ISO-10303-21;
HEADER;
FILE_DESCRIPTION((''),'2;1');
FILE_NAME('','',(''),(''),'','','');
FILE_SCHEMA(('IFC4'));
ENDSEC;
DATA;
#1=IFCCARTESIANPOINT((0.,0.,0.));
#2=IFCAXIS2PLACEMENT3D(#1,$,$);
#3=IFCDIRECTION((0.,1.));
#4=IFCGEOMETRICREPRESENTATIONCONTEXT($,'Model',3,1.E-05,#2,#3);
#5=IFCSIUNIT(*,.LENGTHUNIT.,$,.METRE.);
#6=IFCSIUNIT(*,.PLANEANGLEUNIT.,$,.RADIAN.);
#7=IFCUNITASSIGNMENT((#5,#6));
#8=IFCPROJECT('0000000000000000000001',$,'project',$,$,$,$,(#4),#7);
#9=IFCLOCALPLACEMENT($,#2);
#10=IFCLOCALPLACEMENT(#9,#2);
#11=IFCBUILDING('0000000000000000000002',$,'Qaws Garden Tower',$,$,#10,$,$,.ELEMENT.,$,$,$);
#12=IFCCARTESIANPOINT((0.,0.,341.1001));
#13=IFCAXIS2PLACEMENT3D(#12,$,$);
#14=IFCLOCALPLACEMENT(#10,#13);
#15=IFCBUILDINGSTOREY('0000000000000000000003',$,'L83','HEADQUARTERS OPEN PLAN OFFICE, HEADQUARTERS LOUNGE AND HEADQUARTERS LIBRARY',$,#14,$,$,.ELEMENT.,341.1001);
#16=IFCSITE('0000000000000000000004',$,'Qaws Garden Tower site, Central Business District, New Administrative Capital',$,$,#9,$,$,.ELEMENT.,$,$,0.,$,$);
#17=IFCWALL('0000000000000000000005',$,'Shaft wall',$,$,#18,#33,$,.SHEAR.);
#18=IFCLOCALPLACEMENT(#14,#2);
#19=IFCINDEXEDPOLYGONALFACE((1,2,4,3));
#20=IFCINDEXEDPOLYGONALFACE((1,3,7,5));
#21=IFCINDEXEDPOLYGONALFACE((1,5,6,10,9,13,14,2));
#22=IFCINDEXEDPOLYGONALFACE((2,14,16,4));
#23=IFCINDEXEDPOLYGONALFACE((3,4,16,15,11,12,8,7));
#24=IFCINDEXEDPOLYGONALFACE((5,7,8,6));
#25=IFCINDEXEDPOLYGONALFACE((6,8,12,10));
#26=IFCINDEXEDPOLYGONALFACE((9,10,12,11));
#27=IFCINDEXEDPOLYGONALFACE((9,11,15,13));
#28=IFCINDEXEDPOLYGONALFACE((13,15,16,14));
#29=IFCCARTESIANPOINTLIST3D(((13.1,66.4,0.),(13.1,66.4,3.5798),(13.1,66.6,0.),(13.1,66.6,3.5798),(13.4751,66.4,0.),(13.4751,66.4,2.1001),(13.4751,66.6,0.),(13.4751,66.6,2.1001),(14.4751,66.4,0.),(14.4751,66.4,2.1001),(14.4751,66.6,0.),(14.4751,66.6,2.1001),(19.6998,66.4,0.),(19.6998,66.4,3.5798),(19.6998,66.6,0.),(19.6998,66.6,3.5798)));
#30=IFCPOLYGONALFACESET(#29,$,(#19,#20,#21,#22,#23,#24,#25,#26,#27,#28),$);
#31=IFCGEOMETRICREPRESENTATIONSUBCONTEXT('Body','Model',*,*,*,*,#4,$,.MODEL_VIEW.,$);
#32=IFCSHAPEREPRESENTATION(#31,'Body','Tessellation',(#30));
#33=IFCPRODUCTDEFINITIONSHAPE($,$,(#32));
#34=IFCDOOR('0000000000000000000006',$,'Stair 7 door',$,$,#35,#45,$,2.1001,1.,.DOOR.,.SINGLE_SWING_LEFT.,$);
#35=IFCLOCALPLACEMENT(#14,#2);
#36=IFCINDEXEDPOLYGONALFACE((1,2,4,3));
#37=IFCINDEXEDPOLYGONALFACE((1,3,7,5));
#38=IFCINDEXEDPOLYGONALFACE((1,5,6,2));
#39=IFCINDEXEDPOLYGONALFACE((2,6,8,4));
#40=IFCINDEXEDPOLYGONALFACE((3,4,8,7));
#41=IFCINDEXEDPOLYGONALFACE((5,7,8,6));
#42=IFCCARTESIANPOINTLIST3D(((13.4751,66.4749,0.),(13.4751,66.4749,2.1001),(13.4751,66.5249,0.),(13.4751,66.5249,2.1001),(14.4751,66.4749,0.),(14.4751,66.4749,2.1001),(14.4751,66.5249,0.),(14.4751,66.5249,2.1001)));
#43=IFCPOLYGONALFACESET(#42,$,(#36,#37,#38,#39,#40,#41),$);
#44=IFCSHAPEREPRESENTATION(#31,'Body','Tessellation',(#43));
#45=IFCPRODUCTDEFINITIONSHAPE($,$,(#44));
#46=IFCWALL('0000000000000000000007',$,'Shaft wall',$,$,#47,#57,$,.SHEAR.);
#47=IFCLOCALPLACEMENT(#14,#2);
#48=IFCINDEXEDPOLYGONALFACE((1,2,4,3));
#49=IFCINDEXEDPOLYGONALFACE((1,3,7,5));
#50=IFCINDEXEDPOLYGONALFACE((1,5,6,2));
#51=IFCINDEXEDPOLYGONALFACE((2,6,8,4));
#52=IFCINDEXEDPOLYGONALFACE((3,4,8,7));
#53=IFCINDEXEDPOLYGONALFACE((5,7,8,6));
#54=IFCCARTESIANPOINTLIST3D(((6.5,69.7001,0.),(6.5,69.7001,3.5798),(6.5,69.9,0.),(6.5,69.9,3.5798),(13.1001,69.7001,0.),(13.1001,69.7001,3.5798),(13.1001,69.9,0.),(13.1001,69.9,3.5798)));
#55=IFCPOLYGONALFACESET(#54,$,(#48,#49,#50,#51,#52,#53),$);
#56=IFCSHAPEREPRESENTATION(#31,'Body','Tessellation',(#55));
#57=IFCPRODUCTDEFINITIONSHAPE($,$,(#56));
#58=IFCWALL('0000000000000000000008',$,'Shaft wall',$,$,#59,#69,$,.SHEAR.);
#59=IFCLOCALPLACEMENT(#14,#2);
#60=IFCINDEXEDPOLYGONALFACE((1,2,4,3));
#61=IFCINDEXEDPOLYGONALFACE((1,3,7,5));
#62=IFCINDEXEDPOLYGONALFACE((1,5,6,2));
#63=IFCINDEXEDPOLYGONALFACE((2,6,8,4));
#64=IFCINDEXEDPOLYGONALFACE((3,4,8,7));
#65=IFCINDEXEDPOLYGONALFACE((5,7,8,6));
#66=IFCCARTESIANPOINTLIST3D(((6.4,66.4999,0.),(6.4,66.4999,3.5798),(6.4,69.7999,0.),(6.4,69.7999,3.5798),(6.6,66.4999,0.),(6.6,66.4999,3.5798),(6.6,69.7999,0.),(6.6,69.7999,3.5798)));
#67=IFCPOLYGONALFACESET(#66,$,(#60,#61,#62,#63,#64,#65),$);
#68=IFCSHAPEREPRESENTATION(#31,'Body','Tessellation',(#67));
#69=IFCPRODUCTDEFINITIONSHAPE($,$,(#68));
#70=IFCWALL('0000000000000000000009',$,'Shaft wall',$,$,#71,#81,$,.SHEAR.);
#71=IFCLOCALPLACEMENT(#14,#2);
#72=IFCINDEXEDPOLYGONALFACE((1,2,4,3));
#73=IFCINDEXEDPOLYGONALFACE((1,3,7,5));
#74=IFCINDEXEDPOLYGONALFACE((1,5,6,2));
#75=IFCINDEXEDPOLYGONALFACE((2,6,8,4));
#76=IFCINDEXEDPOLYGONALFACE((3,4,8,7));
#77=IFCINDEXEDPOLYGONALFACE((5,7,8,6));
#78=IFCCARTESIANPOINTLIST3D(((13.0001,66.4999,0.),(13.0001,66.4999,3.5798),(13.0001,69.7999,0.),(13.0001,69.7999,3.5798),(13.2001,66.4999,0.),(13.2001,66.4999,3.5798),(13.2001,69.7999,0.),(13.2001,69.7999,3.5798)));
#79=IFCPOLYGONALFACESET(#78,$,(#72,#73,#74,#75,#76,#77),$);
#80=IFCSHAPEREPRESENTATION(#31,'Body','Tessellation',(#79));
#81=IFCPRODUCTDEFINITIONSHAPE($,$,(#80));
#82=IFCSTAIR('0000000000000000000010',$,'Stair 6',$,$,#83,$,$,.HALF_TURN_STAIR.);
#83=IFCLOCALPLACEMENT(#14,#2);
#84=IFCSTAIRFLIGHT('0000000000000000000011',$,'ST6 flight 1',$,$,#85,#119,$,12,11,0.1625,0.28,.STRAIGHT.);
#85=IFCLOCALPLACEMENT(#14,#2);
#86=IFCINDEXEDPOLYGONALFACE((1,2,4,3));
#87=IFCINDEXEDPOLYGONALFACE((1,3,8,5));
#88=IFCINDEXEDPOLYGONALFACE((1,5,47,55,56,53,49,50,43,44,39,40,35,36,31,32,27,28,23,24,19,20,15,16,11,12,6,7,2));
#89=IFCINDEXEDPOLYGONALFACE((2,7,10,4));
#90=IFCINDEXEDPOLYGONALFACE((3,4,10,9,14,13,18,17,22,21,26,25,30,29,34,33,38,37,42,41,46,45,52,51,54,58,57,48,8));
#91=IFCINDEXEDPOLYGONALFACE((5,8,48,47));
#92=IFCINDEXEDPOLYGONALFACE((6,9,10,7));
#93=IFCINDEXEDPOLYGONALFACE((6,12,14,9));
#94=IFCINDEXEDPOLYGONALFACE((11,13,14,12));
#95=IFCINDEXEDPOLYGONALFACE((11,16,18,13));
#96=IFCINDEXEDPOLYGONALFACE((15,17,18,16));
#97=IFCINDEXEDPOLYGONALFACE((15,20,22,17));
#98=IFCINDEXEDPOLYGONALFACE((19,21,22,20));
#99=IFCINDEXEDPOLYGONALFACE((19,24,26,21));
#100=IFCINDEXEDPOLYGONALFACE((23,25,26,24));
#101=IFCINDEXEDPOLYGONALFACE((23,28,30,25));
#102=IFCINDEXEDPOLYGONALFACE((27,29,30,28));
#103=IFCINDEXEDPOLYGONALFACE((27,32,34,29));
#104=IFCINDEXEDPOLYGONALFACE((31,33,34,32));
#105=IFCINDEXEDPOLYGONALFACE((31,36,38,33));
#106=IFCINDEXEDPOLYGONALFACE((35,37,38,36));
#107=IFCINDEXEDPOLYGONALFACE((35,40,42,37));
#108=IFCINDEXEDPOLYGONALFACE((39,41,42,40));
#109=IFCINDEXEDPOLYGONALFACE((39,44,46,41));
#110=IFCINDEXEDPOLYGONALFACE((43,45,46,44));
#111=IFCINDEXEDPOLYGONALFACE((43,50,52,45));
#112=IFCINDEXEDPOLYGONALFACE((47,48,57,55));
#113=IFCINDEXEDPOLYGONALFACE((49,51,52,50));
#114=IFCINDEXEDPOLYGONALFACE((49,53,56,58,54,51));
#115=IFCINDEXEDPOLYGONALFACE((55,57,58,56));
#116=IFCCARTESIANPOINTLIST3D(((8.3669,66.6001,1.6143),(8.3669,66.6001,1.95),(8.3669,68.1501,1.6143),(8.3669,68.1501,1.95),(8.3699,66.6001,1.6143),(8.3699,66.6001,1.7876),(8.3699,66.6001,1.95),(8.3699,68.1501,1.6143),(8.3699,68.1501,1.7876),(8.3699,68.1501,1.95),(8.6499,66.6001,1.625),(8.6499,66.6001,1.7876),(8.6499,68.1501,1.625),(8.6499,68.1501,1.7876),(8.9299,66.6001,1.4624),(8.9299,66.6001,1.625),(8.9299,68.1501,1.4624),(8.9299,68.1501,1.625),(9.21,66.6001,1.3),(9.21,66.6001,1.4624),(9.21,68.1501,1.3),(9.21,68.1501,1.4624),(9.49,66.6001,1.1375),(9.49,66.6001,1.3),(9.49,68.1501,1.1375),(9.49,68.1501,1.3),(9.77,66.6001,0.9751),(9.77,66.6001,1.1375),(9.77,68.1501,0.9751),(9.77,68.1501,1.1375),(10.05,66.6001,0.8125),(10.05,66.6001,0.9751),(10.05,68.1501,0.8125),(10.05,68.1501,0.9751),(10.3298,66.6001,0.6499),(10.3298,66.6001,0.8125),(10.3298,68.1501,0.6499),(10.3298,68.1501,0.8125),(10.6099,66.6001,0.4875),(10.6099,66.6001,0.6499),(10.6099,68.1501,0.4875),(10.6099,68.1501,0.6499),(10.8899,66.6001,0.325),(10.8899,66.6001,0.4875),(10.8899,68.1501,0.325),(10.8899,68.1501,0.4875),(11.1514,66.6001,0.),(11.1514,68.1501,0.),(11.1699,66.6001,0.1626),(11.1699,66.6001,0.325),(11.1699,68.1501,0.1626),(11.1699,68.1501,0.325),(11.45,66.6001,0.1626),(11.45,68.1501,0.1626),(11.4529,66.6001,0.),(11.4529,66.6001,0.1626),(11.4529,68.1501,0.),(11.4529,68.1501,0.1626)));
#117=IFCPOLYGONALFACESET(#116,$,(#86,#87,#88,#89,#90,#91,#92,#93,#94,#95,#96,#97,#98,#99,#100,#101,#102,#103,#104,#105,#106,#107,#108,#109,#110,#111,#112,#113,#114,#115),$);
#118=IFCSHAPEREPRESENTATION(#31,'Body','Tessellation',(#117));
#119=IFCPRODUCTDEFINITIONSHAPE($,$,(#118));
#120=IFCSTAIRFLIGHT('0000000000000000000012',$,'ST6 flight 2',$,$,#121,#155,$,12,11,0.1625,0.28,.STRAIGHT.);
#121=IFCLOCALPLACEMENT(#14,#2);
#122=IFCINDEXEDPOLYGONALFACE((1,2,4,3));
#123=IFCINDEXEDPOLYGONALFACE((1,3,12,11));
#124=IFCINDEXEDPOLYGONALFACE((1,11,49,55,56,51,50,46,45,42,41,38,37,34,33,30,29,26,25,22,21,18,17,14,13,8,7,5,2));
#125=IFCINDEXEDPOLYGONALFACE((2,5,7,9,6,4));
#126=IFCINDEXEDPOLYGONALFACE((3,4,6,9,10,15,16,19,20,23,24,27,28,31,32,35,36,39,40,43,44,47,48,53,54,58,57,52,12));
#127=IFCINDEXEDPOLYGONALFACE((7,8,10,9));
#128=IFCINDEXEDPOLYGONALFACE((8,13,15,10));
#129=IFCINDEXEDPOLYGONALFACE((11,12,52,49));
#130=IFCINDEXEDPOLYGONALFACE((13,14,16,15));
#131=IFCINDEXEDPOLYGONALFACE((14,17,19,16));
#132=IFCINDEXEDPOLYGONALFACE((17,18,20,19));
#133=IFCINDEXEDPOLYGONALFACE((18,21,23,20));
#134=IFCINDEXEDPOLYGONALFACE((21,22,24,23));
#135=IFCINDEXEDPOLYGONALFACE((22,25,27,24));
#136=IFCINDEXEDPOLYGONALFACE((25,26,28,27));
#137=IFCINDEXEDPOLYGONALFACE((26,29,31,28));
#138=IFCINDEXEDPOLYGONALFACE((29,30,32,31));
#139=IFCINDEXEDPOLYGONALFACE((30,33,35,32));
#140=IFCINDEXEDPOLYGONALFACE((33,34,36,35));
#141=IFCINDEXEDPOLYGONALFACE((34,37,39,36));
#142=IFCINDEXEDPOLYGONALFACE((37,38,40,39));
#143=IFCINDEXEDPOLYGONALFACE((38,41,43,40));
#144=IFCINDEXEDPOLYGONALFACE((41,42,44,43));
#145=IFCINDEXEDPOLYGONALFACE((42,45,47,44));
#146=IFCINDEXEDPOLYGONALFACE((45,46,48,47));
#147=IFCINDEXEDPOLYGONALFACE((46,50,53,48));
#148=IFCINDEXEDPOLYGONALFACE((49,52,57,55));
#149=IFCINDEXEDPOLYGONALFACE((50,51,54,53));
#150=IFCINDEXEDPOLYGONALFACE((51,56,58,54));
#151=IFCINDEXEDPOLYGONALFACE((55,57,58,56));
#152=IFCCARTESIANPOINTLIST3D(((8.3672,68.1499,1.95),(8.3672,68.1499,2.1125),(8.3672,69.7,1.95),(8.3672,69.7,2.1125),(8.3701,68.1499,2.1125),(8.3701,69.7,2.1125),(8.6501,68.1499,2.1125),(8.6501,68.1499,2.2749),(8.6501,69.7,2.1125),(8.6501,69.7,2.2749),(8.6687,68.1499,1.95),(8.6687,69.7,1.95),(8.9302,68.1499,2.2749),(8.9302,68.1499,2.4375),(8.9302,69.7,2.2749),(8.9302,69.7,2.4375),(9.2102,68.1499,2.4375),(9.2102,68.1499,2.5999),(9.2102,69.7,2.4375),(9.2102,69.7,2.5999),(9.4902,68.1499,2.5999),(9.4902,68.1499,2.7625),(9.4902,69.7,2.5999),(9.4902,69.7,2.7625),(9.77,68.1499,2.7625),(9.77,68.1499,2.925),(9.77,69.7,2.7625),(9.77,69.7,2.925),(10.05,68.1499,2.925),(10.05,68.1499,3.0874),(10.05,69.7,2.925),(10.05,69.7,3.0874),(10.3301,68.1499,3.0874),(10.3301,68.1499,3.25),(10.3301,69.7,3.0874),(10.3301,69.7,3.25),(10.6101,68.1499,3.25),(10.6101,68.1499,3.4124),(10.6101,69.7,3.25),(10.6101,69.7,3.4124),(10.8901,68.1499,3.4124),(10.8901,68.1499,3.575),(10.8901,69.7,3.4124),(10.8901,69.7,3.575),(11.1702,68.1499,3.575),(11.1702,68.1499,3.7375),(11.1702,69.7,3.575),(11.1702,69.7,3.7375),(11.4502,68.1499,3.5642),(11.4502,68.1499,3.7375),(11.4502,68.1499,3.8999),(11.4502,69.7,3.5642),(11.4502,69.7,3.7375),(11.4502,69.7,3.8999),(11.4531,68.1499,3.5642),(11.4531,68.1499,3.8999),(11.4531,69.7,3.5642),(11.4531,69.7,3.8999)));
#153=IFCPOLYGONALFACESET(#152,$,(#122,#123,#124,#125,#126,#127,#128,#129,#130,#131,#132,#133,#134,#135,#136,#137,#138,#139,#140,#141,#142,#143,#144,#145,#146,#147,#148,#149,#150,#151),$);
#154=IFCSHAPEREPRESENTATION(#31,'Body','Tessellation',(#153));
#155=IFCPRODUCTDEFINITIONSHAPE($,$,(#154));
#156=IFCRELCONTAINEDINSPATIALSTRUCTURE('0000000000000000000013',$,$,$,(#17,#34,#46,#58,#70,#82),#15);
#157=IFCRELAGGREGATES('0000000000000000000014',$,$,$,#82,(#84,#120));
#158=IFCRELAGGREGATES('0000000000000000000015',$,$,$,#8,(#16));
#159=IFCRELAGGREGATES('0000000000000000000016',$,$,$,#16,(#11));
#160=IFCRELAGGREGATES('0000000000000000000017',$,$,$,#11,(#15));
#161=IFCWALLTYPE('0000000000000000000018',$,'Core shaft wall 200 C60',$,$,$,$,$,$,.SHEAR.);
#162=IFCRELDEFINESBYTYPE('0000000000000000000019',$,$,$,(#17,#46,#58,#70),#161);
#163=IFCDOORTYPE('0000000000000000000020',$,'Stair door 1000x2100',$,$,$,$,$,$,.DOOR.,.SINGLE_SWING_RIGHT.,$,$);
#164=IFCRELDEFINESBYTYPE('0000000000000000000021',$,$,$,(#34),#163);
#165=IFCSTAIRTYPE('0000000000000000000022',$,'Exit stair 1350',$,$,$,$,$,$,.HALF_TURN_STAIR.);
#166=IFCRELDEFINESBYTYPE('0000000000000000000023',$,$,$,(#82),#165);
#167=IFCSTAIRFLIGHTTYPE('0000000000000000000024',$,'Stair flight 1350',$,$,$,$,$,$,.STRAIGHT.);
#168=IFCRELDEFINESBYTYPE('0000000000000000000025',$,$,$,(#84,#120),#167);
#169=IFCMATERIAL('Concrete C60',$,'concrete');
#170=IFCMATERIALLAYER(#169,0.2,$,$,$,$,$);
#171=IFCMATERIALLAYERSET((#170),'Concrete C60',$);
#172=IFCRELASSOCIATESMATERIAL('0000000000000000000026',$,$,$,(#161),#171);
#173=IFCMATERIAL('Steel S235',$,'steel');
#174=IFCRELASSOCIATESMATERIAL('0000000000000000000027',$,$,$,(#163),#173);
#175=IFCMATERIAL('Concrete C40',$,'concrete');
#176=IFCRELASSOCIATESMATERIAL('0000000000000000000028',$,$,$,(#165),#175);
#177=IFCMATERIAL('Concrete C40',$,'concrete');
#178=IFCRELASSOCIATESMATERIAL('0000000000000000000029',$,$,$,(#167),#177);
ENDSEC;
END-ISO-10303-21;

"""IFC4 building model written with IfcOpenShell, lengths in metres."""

from ifc_helpers import new_model, si_unit, direction, frame, frame_2d, origin, place, context, subcontext, project, spatial, polyline, rectangle, outline, extrude, material, layer, layer_set, type_object, element, fill, aggregate, save


model = new_model("IFC4")

# Units and contexts
model_context = context("Model", 3, precision=1e-05, world=origin(), true_north=direction((0.0, 1.0)))
body_context = subcontext(model_context, "Body", "Model", "MODEL_VIEW")
ifc_project = project(units=[si_unit("LENGTHUNIT", "METRE"), si_unit("PLANEANGLEUNIT", "RADIAN")], contexts=[model_context])

# Site, building, storey
site_placement = place(None, origin())
site = spatial("IfcSite", under=ifc_project, at=site_placement, Name="Qaws Garden Tower site, Central Business District, New Administrative Capital", CompositionType="ELEMENT", RefElevation=0.0)
building_placement = place(site_placement, origin())
building = spatial("IfcBuilding", under=site, at=building_placement, Name="Qaws Garden Tower", CompositionType="ELEMENT")
storey_placement = place(building_placement, frame((0.0, 0.0, 341.1001)))
storey = spatial("IfcBuildingStorey", under=building, at=storey_placement, Name="L83", Description="HEADQUARTERS OPEN PLAN OFFICE, HEADQUARTERS LOUNGE AND HEADQUARTERS LIBRARY", CompositionType="ELEMENT", Elevation=341.1001)

# Wall, opening, door
ifc_material_1 = material(Name="Concrete C60", Category="concrete")
ifc_layer_1 = layer(ifc_material_1, 0.2)
ifc_layer_set_1 = layer_set([ifc_layer_1], Name="Concrete C60")
wall_type_1 = type_object("IfcWallType", Name="Core shaft wall 200 C60", PredefinedType="SHEAR", material=ifc_layer_set_1)
ifc_material_2 = material(Name="Steel S235", Category="steel")
door_type = type_object("IfcDoorType", Name="Stair door 1000x2100", OperationType="SINGLE_SWING_RIGHT", PredefinedType="DOOR", material=ifc_material_2)
wall_1_placement = place(storey_placement, frame((13.1001, 66.5, 0.0), z_axis=(0.0, 0.0, 1.0), x_axis=(1.0, 0.0, 0.0)))
wall_1 = element("IfcWall", 1, at=wall_1_placement, inside=storey, type_object=wall_type_1, Name="Shaft wall", PredefinedType="SHEAR", context=body_context, shape_type="SweptSolid", body=[
    extrude(rectangle(XDim=6.5999, YDim=0.2, at=frame_2d((3.2998, 0.0))), origin(), (0.0, 0.0, 1.0), 3.5798),
])
opening_1_placement = place(wall_1_placement, frame((0.375, 0.0, 0.0)))
opening_1 = element("IfcOpeningElement", 2, at=opening_1_placement, cuts=wall_1, PredefinedType="OPENING", context=body_context, shape_type="SweptSolid", body=[
    extrude(rectangle(XDim=1.0, YDim=2.1001, at=frame_2d((0.5, 1.05))), frame((0.0, 0.1099, 0.0), z_axis=(0.0, -1.0, 0.0), x_axis=(1.0, 0.0, 0.0)), (0.0, 0.0, 1.0), 0.22),
])
door_1_placement = place(opening_1_placement, origin())
door_1 = element("IfcDoor", 3, at=door_1_placement, inside=storey, type_object=door_type, Name="Stair 7 door", OperationType="SINGLE_SWING_LEFT", OverallHeight=2.1001, OverallWidth=1.0, PredefinedType="DOOR", context=body_context, shape_type="SweptSolid", body=[
    extrude(rectangle(XDim=1.0, YDim=2.1001, at=frame_2d((0.5, 1.05))), frame((0.0, 0.0249, 0.0), z_axis=(0.0, -1.0, 0.0), x_axis=(1.0, 0.0, 0.0)), (0.0, 0.0, 1.0), 0.05),
])
fill(opening_1, door_1)

# Walls
wall_2_placement = place(storey_placement, frame((6.5, 69.8, 0.0), z_axis=(0.0, 0.0, 1.0), x_axis=(1.0, 0.0, 0.0)))
element("IfcWall", 4, at=wall_2_placement, inside=storey, type_object=wall_type_1, Name="Shaft wall", PredefinedType="SHEAR", context=body_context, shape_type="SweptSolid", body=[
    extrude(rectangle(XDim=6.6001, YDim=0.2, at=frame_2d((3.3, 0.0))), origin(), (0.0, 0.0, 1.0), 3.5798),
])
for number, where, z_axis, x_axis, name in (
    (5, (6.5, 66.5, 0.0), (0.0, 0.0, 1.0), (0.0, 1.0, 0.0), "Shaft wall"),
    (6, (13.1001, 66.5, 0.0), (0.0, 0.0, 1.0), (0.0, 1.0, 0.0), "Shaft wall"),
):
    element("IfcWall", number, at=place(storey_placement, frame(where, z_axis=z_axis, x_axis=x_axis)), inside=storey, type_object=wall_type_1, Name=name, PredefinedType="SHEAR", context=body_context, shape_type="SweptSolid", body=[
        extrude(rectangle(XDim=3.3, YDim=0.2, at=frame_2d((1.6499, 0.0))), origin(), (0.0, 0.0, 1.0), 3.5798),
    ])

# Stair, stair flights
ifc_material_3 = material(Name="Concrete C40", Category="concrete")
stair_type = type_object("IfcStairType", Name="Exit stair 1350", PredefinedType="HALF_TURN_STAIR", material=ifc_material_3)
stair_placement = place(storey_placement, origin())
stair = element("IfcStair", 7, at=stair_placement, inside=storey, type_object=stair_type, Name="Stair 6", PredefinedType="HALF_TURN_STAIR")
ifc_material_4 = material(Name="Concrete C40", Category="concrete")
stair_flight_type = type_object("IfcStairFlightType", Name="Stair flight 1350", PredefinedType="STRAIGHT", material=ifc_material_4)
stair_flight_1_placement = place(storey_placement, frame((11.45, 67.375, 0.0), z_axis=(0.0, 0.0, 1.0), x_axis=(-1.0, 0.0, 0.0)))
stair_flight_1 = element("IfcStairFlight", 8, at=stair_flight_1_placement, type_object=stair_flight_type, Name="ST6 flight 1", NumberOfRisers=12, NumberOfTreads=11, PredefinedType="STRAIGHT", RiserHeight=0.1625, TreadLength=0.28, context=body_context, shape_type="SweptSolid", body=[
    extrude(outline(polyline([(-0.0029, 0.0), (-0.0029, 0.1626), (0.0, 0.1626), (0.28, 0.1626), (0.28, 0.325), (0.5601, 0.325), (0.5601, 0.4875), (0.8401, 0.4875), (0.8401, 0.6499), (1.1201, 0.6499), (1.1201, 0.8125), (1.3999, 0.8125), (1.3999, 0.9751), (1.6799, 0.9751), (1.6799, 1.1375), (1.96, 1.1375), (1.96, 1.3), (2.24, 1.3), (2.24, 1.4624), (2.52, 1.4624), (2.52, 1.625), (2.8, 1.625), (2.8, 1.7876), (3.0801, 1.7876), (3.0801, 1.95), (3.083, 1.95), (3.083, 1.6143), (3.0801, 1.6143), (0.2986, 0.0), (-0.0029, 0.0)])), frame((0.0, 0.7749, 0.0), z_axis=(0.0, -1.0, 0.0), x_axis=(1.0, 0.0, 0.0)), (0.0, 0.0, 1.0), 1.55),
])
stair_flight_2_placement = place(storey_placement, frame((8.3701, 68.925, 1.95), z_axis=(0.0, 0.0, 1.0), x_axis=(1.0, 0.0, 0.0)))
stair_flight_2 = element("IfcStairFlight", 9, at=stair_flight_2_placement, type_object=stair_flight_type, Name="ST6 flight 2", NumberOfRisers=12, NumberOfTreads=11, PredefinedType="STRAIGHT", RiserHeight=0.1625, TreadLength=0.28, context=body_context, shape_type="SweptSolid", body=[
    extrude(outline(polyline([(-0.0029, 0.0), (-0.0029, 0.1626), (0.0, 0.1626), (0.28, 0.1626), (0.28, 0.325), (0.5601, 0.325), (0.5601, 0.4875), (0.8401, 0.4875), (0.8401, 0.6499), (1.1201, 0.6499), (1.1201, 0.8125), (1.3999, 0.8125), (1.3999, 0.9751), (1.6799, 0.9751), (1.6799, 1.1375), (1.96, 1.1375), (1.96, 1.3), (2.24, 1.3), (2.24, 1.4624), (2.52, 1.4624), (2.52, 1.625), (2.8, 1.625), (2.8, 1.7876), (3.0801, 1.7876), (3.0801, 1.95), (3.083, 1.95), (3.083, 1.6143), (3.0801, 1.6143), (0.2986, 0.0), (-0.0029, 0.0)])), frame((0.0, 0.7749, 0.0), z_axis=(0.0, -1.0, 0.0), x_axis=(1.0, 0.0, 0.0)), (0.0, 0.0, 1.0), 1.55),
])
aggregate(stair, [stair_flight_1, stair_flight_2])

save(model, "model.ifc")
